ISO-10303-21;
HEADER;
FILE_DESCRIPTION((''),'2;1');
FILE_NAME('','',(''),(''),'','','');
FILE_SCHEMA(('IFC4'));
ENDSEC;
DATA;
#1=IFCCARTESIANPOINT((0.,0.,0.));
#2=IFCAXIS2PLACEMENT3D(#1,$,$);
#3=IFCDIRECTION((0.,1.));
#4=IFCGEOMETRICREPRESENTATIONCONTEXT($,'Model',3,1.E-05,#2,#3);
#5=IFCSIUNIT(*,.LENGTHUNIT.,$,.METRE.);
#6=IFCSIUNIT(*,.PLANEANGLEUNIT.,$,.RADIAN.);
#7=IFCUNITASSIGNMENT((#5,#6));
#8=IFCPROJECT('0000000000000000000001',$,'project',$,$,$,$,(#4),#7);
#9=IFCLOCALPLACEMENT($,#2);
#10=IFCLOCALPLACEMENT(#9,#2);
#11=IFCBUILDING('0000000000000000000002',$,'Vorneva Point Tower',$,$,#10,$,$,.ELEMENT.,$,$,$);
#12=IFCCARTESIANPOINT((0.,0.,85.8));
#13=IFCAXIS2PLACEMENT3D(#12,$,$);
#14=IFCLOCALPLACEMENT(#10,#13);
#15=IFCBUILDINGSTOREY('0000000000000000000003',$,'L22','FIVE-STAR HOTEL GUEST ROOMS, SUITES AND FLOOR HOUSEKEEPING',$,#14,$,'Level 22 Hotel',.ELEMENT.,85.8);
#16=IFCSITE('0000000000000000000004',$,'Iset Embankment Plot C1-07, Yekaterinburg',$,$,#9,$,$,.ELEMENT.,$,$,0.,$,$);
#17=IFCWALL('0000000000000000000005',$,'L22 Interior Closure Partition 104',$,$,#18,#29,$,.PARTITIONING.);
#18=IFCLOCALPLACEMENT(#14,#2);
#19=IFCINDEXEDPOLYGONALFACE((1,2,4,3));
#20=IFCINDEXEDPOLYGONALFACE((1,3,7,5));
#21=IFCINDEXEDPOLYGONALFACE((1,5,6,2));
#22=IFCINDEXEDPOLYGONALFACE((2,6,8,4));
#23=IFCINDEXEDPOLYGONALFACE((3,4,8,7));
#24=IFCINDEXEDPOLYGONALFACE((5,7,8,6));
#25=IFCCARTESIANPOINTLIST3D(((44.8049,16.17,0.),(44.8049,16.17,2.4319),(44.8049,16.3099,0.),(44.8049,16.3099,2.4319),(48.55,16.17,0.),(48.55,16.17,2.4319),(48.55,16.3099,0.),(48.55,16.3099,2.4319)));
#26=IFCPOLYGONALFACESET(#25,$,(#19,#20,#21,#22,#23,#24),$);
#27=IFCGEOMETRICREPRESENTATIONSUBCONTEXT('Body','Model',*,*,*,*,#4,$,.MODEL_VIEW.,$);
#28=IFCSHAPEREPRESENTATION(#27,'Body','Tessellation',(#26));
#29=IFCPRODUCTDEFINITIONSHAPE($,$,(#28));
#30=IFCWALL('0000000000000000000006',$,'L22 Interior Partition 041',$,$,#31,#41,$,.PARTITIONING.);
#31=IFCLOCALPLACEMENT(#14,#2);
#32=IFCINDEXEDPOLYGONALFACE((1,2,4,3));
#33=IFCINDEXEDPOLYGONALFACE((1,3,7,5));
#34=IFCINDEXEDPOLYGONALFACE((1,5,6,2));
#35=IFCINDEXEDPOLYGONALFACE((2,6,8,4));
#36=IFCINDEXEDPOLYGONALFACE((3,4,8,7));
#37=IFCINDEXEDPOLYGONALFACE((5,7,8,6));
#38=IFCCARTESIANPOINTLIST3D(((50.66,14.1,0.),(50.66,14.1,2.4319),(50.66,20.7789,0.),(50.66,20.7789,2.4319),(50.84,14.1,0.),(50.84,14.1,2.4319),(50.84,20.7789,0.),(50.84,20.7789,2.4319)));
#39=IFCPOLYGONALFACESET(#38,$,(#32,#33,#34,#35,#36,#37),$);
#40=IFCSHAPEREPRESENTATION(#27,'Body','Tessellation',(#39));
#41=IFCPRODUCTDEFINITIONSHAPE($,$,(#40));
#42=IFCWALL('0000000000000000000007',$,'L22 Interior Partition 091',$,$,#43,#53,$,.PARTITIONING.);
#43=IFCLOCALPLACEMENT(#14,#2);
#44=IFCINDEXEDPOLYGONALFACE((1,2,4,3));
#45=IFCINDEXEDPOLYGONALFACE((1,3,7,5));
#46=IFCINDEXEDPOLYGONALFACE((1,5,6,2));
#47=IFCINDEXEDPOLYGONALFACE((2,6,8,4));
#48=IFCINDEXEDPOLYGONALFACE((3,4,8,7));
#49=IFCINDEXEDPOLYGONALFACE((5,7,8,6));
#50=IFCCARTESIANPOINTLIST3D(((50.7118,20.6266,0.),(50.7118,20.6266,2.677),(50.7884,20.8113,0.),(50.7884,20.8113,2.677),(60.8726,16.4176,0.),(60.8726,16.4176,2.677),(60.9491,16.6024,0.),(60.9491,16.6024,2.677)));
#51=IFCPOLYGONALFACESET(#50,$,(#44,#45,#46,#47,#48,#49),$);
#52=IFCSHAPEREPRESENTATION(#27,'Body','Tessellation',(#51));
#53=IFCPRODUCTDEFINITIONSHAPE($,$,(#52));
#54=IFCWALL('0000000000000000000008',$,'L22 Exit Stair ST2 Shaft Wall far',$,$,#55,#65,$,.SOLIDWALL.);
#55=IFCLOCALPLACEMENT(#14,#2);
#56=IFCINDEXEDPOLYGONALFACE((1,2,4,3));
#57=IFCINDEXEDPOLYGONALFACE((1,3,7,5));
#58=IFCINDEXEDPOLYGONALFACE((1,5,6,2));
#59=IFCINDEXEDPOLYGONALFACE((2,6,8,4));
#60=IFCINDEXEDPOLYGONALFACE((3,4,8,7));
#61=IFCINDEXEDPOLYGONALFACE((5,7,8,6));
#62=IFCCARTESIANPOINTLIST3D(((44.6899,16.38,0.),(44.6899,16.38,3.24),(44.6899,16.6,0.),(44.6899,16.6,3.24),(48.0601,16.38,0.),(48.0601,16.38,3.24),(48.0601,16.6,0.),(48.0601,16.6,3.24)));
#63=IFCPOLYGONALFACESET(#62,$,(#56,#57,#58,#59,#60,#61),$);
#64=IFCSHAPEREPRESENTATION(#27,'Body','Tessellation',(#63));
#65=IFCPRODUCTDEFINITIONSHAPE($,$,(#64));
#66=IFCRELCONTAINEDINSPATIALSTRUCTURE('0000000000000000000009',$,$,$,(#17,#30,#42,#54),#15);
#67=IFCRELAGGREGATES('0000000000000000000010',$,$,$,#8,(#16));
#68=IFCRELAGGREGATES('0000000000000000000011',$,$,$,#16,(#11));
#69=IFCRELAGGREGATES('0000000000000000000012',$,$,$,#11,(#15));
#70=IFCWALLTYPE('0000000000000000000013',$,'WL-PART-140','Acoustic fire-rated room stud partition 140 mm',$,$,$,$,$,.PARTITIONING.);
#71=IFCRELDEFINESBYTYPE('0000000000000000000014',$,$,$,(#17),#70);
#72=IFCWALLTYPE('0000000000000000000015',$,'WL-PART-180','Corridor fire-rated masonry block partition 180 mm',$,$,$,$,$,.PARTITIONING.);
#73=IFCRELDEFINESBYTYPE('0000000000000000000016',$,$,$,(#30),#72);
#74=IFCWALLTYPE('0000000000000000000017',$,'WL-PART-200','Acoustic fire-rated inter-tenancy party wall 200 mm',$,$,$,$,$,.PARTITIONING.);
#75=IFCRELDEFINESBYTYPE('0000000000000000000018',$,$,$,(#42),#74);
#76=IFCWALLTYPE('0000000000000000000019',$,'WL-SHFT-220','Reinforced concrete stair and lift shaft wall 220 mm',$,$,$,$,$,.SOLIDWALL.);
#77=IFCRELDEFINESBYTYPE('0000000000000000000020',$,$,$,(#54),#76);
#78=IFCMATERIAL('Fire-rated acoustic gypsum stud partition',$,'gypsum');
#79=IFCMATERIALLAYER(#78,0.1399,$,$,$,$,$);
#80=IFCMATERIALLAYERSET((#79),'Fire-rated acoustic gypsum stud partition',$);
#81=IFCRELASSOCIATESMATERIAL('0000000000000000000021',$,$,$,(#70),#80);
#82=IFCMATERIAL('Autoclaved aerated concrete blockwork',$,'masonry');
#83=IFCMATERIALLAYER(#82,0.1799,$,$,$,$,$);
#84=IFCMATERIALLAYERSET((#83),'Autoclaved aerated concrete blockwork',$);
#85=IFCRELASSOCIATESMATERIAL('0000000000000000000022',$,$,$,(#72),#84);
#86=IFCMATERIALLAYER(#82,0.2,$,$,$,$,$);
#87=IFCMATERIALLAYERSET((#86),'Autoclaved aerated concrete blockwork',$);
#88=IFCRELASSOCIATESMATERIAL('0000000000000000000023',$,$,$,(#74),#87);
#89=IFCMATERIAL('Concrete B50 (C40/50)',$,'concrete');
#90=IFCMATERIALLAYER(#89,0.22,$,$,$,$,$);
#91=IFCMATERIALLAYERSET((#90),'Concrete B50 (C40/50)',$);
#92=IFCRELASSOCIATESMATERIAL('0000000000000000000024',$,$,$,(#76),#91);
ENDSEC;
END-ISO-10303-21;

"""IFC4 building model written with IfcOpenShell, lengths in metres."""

from ifc_helpers import new_model, si_unit, direction, frame, frame_2d, origin, place, context, subcontext, project, spatial, rectangle, extrude, material, layer, layer_set, type_object, element, save


model = new_model("IFC4")

# Units and contexts
model_context = context("Model", 3, precision=1e-05, world=origin(), true_north=direction((0.0, 1.0)))
body_context = subcontext(model_context, "Body", "Model", "MODEL_VIEW")
ifc_project = project(units=[si_unit("LENGTHUNIT", "METRE"), si_unit("PLANEANGLEUNIT", "RADIAN")], contexts=[model_context])

# Site, building, storey
site_placement = place(None, origin())
site = spatial("IfcSite", under=ifc_project, at=site_placement, Name="Iset Embankment Plot C1-07, Yekaterinburg", CompositionType="ELEMENT", RefElevation=0.0)
building_placement = place(site_placement, origin())
building = spatial("IfcBuilding", under=site, at=building_placement, Name="Vorneva Point Tower", CompositionType="ELEMENT")
storey_placement = place(building_placement, frame((0.0, 0.0, 85.8)))
storey = spatial("IfcBuildingStorey", under=building, at=storey_placement, Name="L22", Description="FIVE-STAR HOTEL GUEST ROOMS, SUITES AND FLOOR HOUSEKEEPING", LongName="Level 22 Hotel", CompositionType="ELEMENT", Elevation=85.8)

# Walls
ifc_material_1 = material(Name="Fire-rated acoustic gypsum stud partition", Category="gypsum")
ifc_layer_1 = layer(ifc_material_1, 0.1399)
ifc_layer_set_1 = layer_set([ifc_layer_1], Name="Fire-rated acoustic gypsum stud partition")
wall_type_1 = type_object("IfcWallType", Name="WL-PART-140", Description="Acoustic fire-rated room stud partition 140 mm", PredefinedType="PARTITIONING", material=ifc_layer_set_1)
wall_1_placement = place(storey_placement, frame((48.55, 16.24, 0.0), z_axis=(0.0, 0.0, 1.0), x_axis=(-1.0, 0.0, 0.0)))
element("IfcWall", 1, at=wall_1_placement, inside=storey, type_object=wall_type_1, Name="L22 Interior Closure Partition 104", PredefinedType="PARTITIONING", context=body_context, shape_type="SweptSolid", body=[
    extrude(rectangle(XDim=3.7451, YDim=0.1399, at=frame_2d((1.8726, 0.0))), origin(), (0.0, 0.0, 1.0), 2.4319),
])
ifc_material_2 = material(Name="Autoclaved aerated concrete blockwork", Category="masonry")
ifc_layer_2 = layer(ifc_material_2, 0.1799)
ifc_layer_set_2 = layer_set([ifc_layer_2], Name="Autoclaved aerated concrete blockwork")
wall_type_2 = type_object("IfcWallType", Name="WL-PART-180", Description="Corridor fire-rated masonry block partition 180 mm", PredefinedType="PARTITIONING", material=ifc_layer_set_2)
wall_2_placement = place(storey_placement, frame((50.75, 14.1001, 0.0), z_axis=(0.0, 0.0, 1.0), x_axis=(0.0, 1.0, 0.0)))
element("IfcWall", 2, at=wall_2_placement, inside=storey, type_object=wall_type_2, Name="L22 Interior Partition 041", PredefinedType="PARTITIONING", context=body_context, shape_type="SweptSolid", body=[
    extrude(rectangle(XDim=6.679, YDim=0.1799, at=frame_2d((3.3394, 0.0))), origin(), (0.0, 0.0, 1.0), 2.4319),
])
ifc_layer_3 = layer(ifc_material_2, 0.2)
ifc_layer_set_3 = layer_set([ifc_layer_3], Name="Autoclaved aerated concrete blockwork")
wall_type_3 = type_object("IfcWallType", Name="WL-PART-200", Description="Acoustic fire-rated inter-tenancy party wall 200 mm", PredefinedType="PARTITIONING", material=ifc_layer_set_3)
wall_3_placement = place(storey_placement, frame((60.9109, 16.51, 0.0), z_axis=(0.0, 0.0, 1.0), x_axis=(-0.923873, 0.382699, 0.0)))
element("IfcWall", 3, at=wall_3_placement, inside=storey, type_object=wall_type_3, Name="L22 Interior Partition 091", PredefinedType="PARTITIONING", context=body_context, shape_type="SweptSolid", body=[
    extrude(rectangle(XDim=10.998, YDim=0.2, at=frame_2d((5.499, 0.0))), origin(), (0.0, 0.0, 1.0), 2.677),
])
ifc_material_3 = material(Name="Concrete B50 (C40/50)", Category="concrete")
ifc_layer_4 = layer(ifc_material_3, 0.22)
ifc_layer_set_4 = layer_set([ifc_layer_4], Name="Concrete B50 (C40/50)")
wall_type_4 = type_object("IfcWallType", Name="WL-SHFT-220", Description="Reinforced concrete stair and lift shaft wall 220 mm", PredefinedType="SOLIDWALL", material=ifc_layer_set_4)
wall_4_placement = place(storey_placement, frame((48.0601, 16.49, 0.0), z_axis=(0.0, 0.0, 1.0), x_axis=(-1.0, 0.0, 0.0)))
element("IfcWall", 4, at=wall_4_placement, inside=storey, type_object=wall_type_4, Name="L22 Exit Stair ST2 Shaft Wall far", PredefinedType="SOLIDWALL", context=body_context, shape_type="SweptSolid", body=[
    extrude(rectangle(XDim=3.3701, YDim=0.22, at=frame_2d((1.6851, 0.0))), origin(), (0.0, 0.0, 1.0), 3.24),
])

save(model, "model.ifc")
